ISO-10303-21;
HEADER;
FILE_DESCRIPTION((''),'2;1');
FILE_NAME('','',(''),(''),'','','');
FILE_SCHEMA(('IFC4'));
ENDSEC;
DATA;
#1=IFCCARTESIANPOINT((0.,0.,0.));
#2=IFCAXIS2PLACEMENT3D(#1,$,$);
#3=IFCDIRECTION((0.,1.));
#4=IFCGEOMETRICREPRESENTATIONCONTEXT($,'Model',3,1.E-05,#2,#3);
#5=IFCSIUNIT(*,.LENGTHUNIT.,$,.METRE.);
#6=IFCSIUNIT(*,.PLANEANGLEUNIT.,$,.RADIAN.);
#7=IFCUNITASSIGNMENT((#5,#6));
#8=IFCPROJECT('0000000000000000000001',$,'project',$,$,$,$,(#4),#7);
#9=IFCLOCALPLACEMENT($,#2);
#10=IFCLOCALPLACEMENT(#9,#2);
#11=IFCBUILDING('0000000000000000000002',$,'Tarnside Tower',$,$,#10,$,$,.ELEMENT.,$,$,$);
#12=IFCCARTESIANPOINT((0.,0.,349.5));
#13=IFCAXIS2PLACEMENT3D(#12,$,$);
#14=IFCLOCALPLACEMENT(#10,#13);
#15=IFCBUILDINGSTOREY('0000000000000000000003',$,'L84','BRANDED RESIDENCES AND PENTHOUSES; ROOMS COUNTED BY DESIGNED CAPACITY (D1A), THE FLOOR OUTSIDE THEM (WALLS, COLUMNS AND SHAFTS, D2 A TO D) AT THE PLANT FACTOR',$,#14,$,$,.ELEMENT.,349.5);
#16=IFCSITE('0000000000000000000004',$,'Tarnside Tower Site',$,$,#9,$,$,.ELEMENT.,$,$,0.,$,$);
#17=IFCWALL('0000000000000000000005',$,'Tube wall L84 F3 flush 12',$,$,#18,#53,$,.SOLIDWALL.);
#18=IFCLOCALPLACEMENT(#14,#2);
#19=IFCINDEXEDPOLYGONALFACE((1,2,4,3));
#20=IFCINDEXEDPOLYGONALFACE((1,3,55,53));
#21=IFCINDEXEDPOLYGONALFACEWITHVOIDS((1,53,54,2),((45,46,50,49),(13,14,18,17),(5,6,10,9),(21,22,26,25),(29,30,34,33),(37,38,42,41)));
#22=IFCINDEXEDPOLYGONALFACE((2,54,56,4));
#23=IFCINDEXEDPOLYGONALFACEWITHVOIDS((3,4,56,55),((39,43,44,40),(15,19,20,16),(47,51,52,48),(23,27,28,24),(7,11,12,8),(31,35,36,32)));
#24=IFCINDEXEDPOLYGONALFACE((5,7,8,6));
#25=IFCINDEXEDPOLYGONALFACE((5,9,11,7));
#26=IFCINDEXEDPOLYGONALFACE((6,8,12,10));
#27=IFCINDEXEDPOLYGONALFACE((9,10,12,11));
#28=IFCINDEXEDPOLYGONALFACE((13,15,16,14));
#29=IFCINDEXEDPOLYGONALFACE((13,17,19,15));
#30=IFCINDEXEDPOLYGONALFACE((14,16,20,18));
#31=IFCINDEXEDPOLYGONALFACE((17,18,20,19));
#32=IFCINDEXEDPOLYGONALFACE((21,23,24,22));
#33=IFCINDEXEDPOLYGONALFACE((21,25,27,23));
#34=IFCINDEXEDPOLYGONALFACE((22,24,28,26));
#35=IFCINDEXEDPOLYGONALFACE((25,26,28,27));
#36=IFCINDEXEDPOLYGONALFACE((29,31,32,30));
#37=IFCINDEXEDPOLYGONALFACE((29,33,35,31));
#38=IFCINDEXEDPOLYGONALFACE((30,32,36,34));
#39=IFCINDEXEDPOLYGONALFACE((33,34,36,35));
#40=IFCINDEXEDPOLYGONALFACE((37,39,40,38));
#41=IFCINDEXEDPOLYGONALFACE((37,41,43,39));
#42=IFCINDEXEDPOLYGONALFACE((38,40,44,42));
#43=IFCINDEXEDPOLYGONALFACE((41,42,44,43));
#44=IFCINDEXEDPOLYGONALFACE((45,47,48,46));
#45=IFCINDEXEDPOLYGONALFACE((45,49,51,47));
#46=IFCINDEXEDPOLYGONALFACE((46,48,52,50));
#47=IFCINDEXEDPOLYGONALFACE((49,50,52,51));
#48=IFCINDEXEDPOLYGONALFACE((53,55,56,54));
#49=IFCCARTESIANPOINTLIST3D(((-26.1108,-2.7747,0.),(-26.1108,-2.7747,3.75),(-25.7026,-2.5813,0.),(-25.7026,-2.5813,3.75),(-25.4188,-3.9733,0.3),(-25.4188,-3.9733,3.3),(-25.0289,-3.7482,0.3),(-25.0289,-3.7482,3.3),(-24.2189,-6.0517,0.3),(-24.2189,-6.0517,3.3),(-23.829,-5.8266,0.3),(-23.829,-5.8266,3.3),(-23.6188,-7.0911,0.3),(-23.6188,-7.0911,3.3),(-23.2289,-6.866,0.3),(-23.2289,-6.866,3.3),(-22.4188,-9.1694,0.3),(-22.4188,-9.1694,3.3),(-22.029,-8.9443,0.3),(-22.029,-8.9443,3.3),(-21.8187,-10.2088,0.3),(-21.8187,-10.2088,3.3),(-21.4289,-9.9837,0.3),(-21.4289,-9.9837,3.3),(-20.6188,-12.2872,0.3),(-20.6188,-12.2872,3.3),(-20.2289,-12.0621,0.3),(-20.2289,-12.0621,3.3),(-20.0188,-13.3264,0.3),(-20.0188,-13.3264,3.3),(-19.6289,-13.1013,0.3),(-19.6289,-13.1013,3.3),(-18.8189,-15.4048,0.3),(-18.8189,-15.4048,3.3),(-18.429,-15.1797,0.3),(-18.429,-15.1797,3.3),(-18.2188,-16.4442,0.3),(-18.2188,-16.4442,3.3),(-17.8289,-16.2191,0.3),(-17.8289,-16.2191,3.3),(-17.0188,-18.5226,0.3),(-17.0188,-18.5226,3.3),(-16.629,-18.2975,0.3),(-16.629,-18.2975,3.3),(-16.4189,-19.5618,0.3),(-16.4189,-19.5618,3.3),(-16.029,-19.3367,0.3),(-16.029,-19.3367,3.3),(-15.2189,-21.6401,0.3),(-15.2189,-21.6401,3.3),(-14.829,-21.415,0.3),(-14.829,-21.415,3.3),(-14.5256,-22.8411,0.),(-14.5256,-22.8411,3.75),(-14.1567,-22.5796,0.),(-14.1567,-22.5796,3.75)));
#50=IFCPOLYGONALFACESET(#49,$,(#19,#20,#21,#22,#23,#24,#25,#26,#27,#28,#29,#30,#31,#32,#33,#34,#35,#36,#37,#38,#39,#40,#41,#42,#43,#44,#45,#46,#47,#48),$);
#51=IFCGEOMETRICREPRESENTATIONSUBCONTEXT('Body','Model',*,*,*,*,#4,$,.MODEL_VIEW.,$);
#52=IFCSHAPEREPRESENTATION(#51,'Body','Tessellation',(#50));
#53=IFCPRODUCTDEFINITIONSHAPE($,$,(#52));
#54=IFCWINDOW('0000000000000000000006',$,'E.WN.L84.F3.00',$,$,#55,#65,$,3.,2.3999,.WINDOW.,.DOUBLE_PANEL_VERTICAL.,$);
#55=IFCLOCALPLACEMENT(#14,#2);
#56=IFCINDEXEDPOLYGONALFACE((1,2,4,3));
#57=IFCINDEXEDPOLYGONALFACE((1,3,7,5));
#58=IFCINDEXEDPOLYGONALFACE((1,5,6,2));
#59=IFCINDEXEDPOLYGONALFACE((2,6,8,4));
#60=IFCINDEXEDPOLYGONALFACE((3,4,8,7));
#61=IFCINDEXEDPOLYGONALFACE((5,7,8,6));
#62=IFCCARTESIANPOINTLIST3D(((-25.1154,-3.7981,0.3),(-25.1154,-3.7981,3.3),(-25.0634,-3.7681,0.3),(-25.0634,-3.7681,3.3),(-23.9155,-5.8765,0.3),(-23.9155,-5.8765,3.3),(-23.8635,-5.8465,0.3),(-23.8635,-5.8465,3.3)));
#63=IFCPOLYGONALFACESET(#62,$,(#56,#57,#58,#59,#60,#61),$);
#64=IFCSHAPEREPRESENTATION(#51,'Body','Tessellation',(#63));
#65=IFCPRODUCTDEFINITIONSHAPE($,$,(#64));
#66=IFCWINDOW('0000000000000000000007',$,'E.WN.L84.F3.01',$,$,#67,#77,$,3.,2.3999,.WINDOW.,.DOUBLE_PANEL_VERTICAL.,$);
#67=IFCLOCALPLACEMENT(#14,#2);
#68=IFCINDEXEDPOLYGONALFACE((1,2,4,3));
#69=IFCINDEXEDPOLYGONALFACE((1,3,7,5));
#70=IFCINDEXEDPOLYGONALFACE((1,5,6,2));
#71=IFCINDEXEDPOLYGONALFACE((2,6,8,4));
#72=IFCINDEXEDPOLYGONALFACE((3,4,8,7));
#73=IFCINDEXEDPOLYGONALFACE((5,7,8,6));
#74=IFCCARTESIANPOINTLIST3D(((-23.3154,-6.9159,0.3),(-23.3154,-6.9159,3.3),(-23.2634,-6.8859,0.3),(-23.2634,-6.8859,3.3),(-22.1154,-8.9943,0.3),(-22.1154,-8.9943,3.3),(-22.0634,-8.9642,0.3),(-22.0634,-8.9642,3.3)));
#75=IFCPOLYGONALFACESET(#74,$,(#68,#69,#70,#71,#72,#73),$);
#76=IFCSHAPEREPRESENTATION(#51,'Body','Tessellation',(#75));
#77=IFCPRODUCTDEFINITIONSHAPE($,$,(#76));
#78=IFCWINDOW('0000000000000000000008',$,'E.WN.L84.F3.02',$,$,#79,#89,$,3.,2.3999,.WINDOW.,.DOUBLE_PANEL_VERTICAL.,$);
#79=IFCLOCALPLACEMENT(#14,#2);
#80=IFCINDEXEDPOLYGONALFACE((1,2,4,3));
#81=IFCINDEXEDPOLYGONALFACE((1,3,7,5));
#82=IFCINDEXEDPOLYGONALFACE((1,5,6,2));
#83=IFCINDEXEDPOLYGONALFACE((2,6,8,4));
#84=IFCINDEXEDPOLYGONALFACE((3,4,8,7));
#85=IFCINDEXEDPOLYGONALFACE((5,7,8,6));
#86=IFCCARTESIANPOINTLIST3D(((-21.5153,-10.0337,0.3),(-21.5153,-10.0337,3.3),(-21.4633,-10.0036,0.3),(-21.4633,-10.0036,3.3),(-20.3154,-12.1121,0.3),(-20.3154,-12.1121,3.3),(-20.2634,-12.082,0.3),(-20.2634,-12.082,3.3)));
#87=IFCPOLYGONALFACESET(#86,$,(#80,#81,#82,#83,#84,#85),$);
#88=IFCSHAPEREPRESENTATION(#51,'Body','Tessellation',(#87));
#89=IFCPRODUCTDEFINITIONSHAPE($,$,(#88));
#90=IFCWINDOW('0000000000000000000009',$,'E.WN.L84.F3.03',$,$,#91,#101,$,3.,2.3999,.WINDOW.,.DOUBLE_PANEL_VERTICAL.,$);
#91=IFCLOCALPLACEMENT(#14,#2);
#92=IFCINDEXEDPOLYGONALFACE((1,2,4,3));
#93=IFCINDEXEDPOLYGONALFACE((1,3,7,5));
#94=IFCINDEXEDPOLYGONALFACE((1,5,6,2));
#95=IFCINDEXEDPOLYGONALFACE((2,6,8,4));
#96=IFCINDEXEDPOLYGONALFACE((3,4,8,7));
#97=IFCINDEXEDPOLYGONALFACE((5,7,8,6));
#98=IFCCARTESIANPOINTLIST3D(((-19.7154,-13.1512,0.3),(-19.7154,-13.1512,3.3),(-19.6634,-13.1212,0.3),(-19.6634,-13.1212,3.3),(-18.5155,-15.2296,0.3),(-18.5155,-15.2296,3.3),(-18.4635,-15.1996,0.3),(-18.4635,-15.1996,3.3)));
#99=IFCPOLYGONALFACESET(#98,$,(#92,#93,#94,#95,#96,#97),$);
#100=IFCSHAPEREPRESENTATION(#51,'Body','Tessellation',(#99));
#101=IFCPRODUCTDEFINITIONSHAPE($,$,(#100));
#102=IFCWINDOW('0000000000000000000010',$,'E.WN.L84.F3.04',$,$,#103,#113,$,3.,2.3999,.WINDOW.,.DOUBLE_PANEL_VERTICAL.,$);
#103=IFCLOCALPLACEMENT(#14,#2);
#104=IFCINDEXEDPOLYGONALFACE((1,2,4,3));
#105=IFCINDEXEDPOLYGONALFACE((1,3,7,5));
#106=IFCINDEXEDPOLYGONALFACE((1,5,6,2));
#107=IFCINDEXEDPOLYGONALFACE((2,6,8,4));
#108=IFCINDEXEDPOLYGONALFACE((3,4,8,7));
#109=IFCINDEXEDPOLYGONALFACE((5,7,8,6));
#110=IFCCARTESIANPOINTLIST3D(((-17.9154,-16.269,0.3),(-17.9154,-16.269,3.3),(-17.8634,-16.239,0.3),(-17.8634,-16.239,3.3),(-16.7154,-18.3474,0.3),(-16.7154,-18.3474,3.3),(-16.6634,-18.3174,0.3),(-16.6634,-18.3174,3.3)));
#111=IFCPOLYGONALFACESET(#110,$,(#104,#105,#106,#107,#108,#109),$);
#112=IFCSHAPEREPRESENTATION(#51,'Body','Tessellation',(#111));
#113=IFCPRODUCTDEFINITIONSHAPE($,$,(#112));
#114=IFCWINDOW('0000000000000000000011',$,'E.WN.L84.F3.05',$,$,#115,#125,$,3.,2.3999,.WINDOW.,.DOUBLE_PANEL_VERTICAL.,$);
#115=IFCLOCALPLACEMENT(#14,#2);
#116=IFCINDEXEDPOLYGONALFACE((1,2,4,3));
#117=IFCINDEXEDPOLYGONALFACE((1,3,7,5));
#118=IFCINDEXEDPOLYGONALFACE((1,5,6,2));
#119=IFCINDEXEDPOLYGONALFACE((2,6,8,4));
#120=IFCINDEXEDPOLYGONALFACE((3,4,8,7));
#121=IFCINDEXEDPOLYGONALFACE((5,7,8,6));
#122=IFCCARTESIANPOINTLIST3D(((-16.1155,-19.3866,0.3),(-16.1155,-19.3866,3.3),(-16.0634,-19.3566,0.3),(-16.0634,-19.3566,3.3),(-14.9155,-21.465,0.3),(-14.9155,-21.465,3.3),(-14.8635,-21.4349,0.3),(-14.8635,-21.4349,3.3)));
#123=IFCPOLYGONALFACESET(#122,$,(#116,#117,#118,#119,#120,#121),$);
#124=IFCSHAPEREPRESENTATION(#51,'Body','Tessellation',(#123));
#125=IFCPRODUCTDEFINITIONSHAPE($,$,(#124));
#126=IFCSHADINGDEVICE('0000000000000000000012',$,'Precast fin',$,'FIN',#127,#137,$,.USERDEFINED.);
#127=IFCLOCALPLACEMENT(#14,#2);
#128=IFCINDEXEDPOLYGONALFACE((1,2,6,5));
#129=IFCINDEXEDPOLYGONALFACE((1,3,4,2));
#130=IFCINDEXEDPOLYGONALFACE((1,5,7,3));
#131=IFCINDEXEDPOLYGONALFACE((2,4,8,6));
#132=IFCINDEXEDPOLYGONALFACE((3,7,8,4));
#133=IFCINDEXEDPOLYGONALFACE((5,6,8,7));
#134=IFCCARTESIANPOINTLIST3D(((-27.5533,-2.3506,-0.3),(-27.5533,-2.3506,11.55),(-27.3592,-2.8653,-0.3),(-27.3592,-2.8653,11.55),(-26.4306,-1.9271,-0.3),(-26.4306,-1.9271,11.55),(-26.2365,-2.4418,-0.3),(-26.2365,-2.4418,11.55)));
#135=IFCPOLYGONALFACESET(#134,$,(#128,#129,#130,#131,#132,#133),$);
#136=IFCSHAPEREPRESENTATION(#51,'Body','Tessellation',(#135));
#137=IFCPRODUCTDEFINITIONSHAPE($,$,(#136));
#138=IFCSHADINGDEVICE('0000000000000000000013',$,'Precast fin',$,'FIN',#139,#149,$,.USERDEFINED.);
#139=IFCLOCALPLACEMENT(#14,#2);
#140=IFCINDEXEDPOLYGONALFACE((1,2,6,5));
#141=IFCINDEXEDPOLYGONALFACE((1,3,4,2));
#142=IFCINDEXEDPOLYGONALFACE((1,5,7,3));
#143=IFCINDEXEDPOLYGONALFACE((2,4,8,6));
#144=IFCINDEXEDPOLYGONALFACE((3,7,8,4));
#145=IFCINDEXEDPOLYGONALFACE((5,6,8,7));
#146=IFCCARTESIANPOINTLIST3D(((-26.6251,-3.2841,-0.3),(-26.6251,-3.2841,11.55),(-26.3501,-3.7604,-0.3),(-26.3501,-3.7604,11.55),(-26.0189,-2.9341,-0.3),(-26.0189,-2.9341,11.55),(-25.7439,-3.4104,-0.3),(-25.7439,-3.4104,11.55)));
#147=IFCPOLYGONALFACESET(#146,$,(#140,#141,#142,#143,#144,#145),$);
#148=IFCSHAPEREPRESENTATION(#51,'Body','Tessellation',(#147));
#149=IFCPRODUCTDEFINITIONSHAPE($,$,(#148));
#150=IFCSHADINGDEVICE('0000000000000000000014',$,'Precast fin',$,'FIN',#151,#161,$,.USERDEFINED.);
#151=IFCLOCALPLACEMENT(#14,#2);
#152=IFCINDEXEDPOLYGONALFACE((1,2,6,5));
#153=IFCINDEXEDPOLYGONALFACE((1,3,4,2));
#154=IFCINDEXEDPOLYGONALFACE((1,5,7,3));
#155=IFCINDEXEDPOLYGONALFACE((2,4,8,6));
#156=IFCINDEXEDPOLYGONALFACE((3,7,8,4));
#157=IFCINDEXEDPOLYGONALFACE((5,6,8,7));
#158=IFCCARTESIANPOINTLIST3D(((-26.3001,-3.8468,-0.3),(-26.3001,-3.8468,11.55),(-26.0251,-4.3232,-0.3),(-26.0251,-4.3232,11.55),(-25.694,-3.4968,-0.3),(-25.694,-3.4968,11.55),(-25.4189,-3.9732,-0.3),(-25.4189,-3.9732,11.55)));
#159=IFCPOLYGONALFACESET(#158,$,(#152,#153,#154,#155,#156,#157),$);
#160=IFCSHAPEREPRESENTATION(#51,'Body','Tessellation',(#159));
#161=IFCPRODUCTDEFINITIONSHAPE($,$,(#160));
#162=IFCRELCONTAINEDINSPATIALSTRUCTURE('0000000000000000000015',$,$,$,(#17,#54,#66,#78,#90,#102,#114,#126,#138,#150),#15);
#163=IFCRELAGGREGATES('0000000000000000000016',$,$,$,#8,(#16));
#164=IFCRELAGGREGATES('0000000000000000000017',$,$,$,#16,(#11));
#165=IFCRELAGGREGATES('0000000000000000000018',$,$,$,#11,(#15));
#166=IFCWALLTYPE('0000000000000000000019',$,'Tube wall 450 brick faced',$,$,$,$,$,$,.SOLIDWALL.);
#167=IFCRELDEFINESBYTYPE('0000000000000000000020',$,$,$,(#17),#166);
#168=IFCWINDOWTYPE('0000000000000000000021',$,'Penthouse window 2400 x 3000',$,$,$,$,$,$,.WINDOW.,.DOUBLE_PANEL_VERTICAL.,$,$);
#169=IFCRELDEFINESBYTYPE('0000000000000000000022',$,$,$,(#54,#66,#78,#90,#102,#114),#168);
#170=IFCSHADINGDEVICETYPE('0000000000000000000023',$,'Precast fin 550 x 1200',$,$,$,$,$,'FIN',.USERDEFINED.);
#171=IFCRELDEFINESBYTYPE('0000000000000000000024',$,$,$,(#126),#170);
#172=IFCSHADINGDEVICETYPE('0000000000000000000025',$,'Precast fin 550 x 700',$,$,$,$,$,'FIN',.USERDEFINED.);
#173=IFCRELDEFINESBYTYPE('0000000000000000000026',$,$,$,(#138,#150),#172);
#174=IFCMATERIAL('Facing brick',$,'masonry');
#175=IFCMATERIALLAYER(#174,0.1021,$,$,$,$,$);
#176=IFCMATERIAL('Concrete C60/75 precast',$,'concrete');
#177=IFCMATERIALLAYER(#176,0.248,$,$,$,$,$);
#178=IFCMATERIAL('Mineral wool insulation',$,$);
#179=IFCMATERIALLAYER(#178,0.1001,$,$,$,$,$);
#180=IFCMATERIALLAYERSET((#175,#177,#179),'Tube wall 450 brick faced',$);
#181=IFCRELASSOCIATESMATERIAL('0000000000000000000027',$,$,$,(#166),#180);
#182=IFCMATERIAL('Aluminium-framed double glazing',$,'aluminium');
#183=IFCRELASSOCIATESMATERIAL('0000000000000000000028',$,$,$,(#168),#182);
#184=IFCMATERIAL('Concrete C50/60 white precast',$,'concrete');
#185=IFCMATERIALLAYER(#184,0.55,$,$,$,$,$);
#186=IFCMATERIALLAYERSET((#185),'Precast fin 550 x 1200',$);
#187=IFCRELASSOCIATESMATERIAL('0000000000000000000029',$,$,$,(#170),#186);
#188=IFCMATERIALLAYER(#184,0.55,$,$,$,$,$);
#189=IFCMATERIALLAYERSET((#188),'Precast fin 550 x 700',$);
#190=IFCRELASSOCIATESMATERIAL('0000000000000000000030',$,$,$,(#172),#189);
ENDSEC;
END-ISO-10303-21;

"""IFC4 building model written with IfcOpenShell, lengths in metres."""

from ifc_helpers import new_model, si_unit, direction, frame, frame_2d, origin, place, context, subcontext, project, spatial, polyline, rectangle, outline, extrude, material, layer, layer_set, type_object, element, fill, save


model = new_model("IFC4")

# Units and contexts
model_context = context("Model", 3, precision=1e-05, world=origin(), true_north=direction((0.0, 1.0)))
body_context = subcontext(model_context, "Body", "Model", "MODEL_VIEW")
ifc_project = project(units=[si_unit("LENGTHUNIT", "METRE"), si_unit("PLANEANGLEUNIT", "RADIAN")], contexts=[model_context])

# Site, building, storey
site_placement = place(None, origin())
site = spatial("IfcSite", under=ifc_project, at=site_placement, Name="Tarnside Tower Site", CompositionType="ELEMENT", RefElevation=0.0)
building_placement = place(site_placement, origin())
building = spatial("IfcBuilding", under=site, at=building_placement, Name="Tarnside Tower", CompositionType="ELEMENT")
storey_placement = place(building_placement, frame((0.0, 0.0, 349.5)))
storey = spatial("IfcBuildingStorey", under=building, at=storey_placement, Name="L84", Description="BRANDED RESIDENCES AND PENTHOUSES; ROOMS COUNTED BY DESIGNED CAPACITY (D1A), THE FLOOR OUTSIDE THEM (WALLS, COLUMNS AND SHAFTS, D2 A TO D) AT THE PLANT FACTOR", CompositionType="ELEMENT", Elevation=349.5)

# Shared definitions
ifc_material_1 = material(Name="Facing brick", Category="masonry")
ifc_layer_1 = layer(ifc_material_1, 0.1021)
ifc_material_2 = material(Name="Concrete C60/75 precast", Category="concrete")
ifc_layer_2 = layer(ifc_material_2, 0.248)
ifc_material_3 = material(Name="Mineral wool insulation")
ifc_layer_3 = layer(ifc_material_3, 0.1001)
ifc_layer_set_1 = layer_set([ifc_layer_1, ifc_layer_2, ifc_layer_3], Name="Tube wall 450 brick faced")
wall_type_1 = type_object("IfcWallType", Name="Tube wall 450 brick faced", PredefinedType="SOLIDWALL", material=ifc_layer_set_1)

# Wall, openings, windows
wall_1_placement = place(storey_placement, frame((-25.9067, -2.678, 0.0), z_axis=(0.0, 0.0, 1.0), x_axis=(0.499997, -0.866027, 0.0)))
wall_1 = element("IfcWall", 1, at=wall_1_placement, inside=storey, type_object=wall_type_1, Name="Tube wall L84 F3 flush 12", PredefinedType="SOLIDWALL", context=body_context, shape_type="SweptSolid", body=[
    extrude(outline(polyline([(-0.0183, -0.2251), (23.1523, -0.2251), (23.1104, 0.2251), (0.0183, 0.2251), (-0.0183, -0.2251)])), origin(), (0.0, 0.0, 1.0), 3.75),
])
opening_1_placement = place(wall_1_placement, frame((1.3657, 0.0, 0.3)))
opening_1 = element("IfcOpeningElement", 2, at=opening_1_placement, cuts=wall_1, PredefinedType="OPENING", context=body_context, shape_type="SweptSolid", body=[
    extrude(rectangle(XDim=2.3999, YDim=3.0, at=frame_2d((1.2, 1.5))), frame((0.0, 0.2349, 0.0), z_axis=(0.0, -1.0, 0.0), x_axis=(1.0, 0.0, 0.0)), (0.0, 0.0, 1.0), 0.47),
])
opening_2_placement = place(wall_1_placement, frame((4.9658, 0.0, 0.3)))
opening_2 = element("IfcOpeningElement", 3, at=opening_2_placement, cuts=wall_1, PredefinedType="OPENING", context=body_context, shape_type="SweptSolid", body=[
    extrude(rectangle(XDim=2.3999, YDim=3.0, at=frame_2d((1.2, 1.5))), frame((0.0, 0.2349, 0.0), z_axis=(0.0, -1.0, 0.0), x_axis=(1.0, 0.0, 0.0)), (0.0, 0.0, 1.0), 0.47),
])
opening_3_placement = place(wall_1_placement, frame((8.5659, 0.0, 0.3)))
opening_3 = element("IfcOpeningElement", 4, at=opening_3_placement, cuts=wall_1, PredefinedType="OPENING", context=body_context, shape_type="SweptSolid", body=[
    extrude(rectangle(XDim=2.3999, YDim=3.0, at=frame_2d((1.2, 1.5))), frame((0.0, 0.2349, 0.0), z_axis=(0.0, -1.0, 0.0), x_axis=(1.0, 0.0, 0.0)), (0.0, 0.0, 1.0), 0.47),
])
opening_4_placement = place(wall_1_placement, frame((12.1658, 0.0, 0.3)))
opening_4 = element("IfcOpeningElement", 5, at=opening_4_placement, cuts=wall_1, PredefinedType="OPENING", context=body_context, shape_type="SweptSolid", body=[
    extrude(rectangle(XDim=2.3999, YDim=3.0, at=frame_2d((1.2, 1.5))), frame((0.0, 0.2349, 0.0), z_axis=(0.0, -1.0, 0.0), x_axis=(1.0, 0.0, 0.0)), (0.0, 0.0, 1.0), 0.47),
])
opening_5_placement = place(wall_1_placement, frame((15.7659, 0.0, 0.3)))
opening_5 = element("IfcOpeningElement", 6, at=opening_5_placement, cuts=wall_1, PredefinedType="OPENING", context=body_context, shape_type="SweptSolid", body=[
    extrude(rectangle(XDim=2.3999, YDim=3.0, at=frame_2d((1.2, 1.5))), frame((0.0, 0.2349, 0.0), z_axis=(0.0, -1.0, 0.0), x_axis=(1.0, 0.0, 0.0)), (0.0, 0.0, 1.0), 0.47),
])
opening_6_placement = place(wall_1_placement, frame((19.3657, 0.0, 0.3)))
opening_6 = element("IfcOpeningElement", 7, at=opening_6_placement, cuts=wall_1, PredefinedType="OPENING", context=body_context, shape_type="SweptSolid", body=[
    extrude(rectangle(XDim=2.3999, YDim=3.0, at=frame_2d((1.2, 1.5))), frame((0.0, 0.2349, 0.0), z_axis=(0.0, -1.0, 0.0), x_axis=(1.0, 0.0, 0.0)), (0.0, 0.0, 1.0), 0.47),
])
ifc_material_4 = material(Name="Aluminium-framed double glazing", Category="aluminium")
window_type = type_object("IfcWindowType", Name="Penthouse window 2400 x 3000", PartitioningType="DOUBLE_PANEL_VERTICAL", PredefinedType="WINDOW", material=ifc_material_4)
window_1_placement = place(opening_1_placement, frame((0.0, 0.1553, 0.0)))
window_1 = element("IfcWindow", 8, at=window_1_placement, inside=storey, type_object=window_type, Name="E.WN.L84.F3.00", OverallHeight=3.0, OverallWidth=2.3999, PartitioningType="DOUBLE_PANEL_VERTICAL", PredefinedType="WINDOW", context=body_context, shape_type="SweptSolid", body=[
    extrude(rectangle(XDim=2.3999, YDim=3.0, at=frame_2d((1.2, 1.5))), frame((0.0, 0.03, 0.0), z_axis=(0.0, -1.0, 0.0), x_axis=(1.0, 0.0, 0.0)), (0.0, 0.0, 1.0), 0.0601),
])
fill(opening_1, window_1)
window_2_placement = place(opening_2_placement, frame((0.0, 0.1553, 0.0)))
window_2 = element("IfcWindow", 9, at=window_2_placement, inside=storey, type_object=window_type, Name="E.WN.L84.F3.01", OverallHeight=3.0, OverallWidth=2.3999, PartitioningType="DOUBLE_PANEL_VERTICAL", PredefinedType="WINDOW", context=body_context, shape_type="SweptSolid", body=[
    extrude(rectangle(XDim=2.3999, YDim=3.0, at=frame_2d((1.2, 1.5))), frame((0.0, 0.03, 0.0), z_axis=(0.0, -1.0, 0.0), x_axis=(1.0, 0.0, 0.0)), (0.0, 0.0, 1.0), 0.0601),
])
fill(opening_2, window_2)
window_3_placement = place(opening_3_placement, frame((0.0, 0.1553, 0.0)))
window_3 = element("IfcWindow", 10, at=window_3_placement, inside=storey, type_object=window_type, Name="E.WN.L84.F3.02", OverallHeight=3.0, OverallWidth=2.3999, PartitioningType="DOUBLE_PANEL_VERTICAL", PredefinedType="WINDOW", context=body_context, shape_type="SweptSolid", body=[
    extrude(rectangle(XDim=2.3999, YDim=3.0, at=frame_2d((1.2, 1.5))), frame((0.0, 0.03, 0.0), z_axis=(0.0, -1.0, 0.0), x_axis=(1.0, 0.0, 0.0)), (0.0, 0.0, 1.0), 0.0601),
])
fill(opening_3, window_3)
window_4_placement = place(opening_4_placement, frame((0.0, 0.1553, 0.0)))
window_4 = element("IfcWindow", 11, at=window_4_placement, inside=storey, type_object=window_type, Name="E.WN.L84.F3.03", OverallHeight=3.0, OverallWidth=2.3999, PartitioningType="DOUBLE_PANEL_VERTICAL", PredefinedType="WINDOW", context=body_context, shape_type="SweptSolid", body=[
    extrude(rectangle(XDim=2.3999, YDim=3.0, at=frame_2d((1.2, 1.5))), frame((0.0, 0.03, 0.0), z_axis=(0.0, -1.0, 0.0), x_axis=(1.0, 0.0, 0.0)), (0.0, 0.0, 1.0), 0.0601),
])
fill(opening_4, window_4)
window_5_placement = place(opening_5_placement, frame((0.0, 0.1553, 0.0)))
window_5 = element("IfcWindow", 12, at=window_5_placement, inside=storey, type_object=window_type, Name="E.WN.L84.F3.04", OverallHeight=3.0, OverallWidth=2.3999, PartitioningType="DOUBLE_PANEL_VERTICAL", PredefinedType="WINDOW", context=body_context, shape_type="SweptSolid", body=[
    extrude(rectangle(XDim=2.3999, YDim=3.0, at=frame_2d((1.2, 1.5))), frame((0.0, 0.03, 0.0), z_axis=(0.0, -1.0, 0.0), x_axis=(1.0, 0.0, 0.0)), (0.0, 0.0, 1.0), 0.0601),
])
fill(opening_5, window_5)
window_6_placement = place(opening_6_placement, frame((0.0, 0.1553, 0.0)))
window_6 = element("IfcWindow", 13, at=window_6_placement, inside=storey, type_object=window_type, Name="E.WN.L84.F3.05", OverallHeight=3.0, OverallWidth=2.3999, PartitioningType="DOUBLE_PANEL_VERTICAL", PredefinedType="WINDOW", context=body_context, shape_type="SweptSolid", body=[
    extrude(rectangle(XDim=2.3999, YDim=3.0, at=frame_2d((1.2, 1.5))), frame((0.0, 0.03, 0.0), z_axis=(0.0, -1.0, 0.0), x_axis=(1.0, 0.0, 0.0)), (0.0, 0.0, 1.0), 0.0601),
])
fill(opening_6, window_6)

# Shading devices
ifc_material_5 = material(Name="Concrete C50/60 white precast", Category="concrete")
ifc_layer_4 = layer(ifc_material_5, 0.55)
ifc_layer_set_2 = layer_set([ifc_layer_4], Name="Precast fin 550 x 1200")
shading_device_type_1 = type_object("IfcShadingDeviceType", Name="Precast fin 550 x 1200", ElementType="FIN", PredefinedType="USERDEFINED", material=ifc_layer_set_2)
shading_device_placement = place(storey_placement, frame((-26.3335, -2.1846, -0.3), z_axis=(-0.352931, 0.93565, 0.0), x_axis=(-0.93565, -0.352931, 0.0)))
element("IfcShadingDevice", 14, at=shading_device_placement, inside=storey, type_object=shading_device_type_1, Name="Precast fin", ObjectType="FIN", PredefinedType="USERDEFINED", context=body_context, shape_type="SweptSolid", body=[
    extrude(outline(polyline([(0.0, 0.0), (1.2, 0.0), (1.2, 11.8501), (0.0, 11.8501), (0.0, 0.0)])), frame((0.0, 0.0, -0.2749)), (0.0, 0.0, 1.0), 0.55),
])
ifc_layer_5 = layer(ifc_material_5, 0.55)
ifc_layer_set_3 = layer_set([ifc_layer_5], Name="Precast fin 550 x 700")
shading_device_type_2 = type_object("IfcShadingDeviceType", Name="Precast fin 550 x 700", ElementType="FIN", PredefinedType="USERDEFINED", material=ifc_layer_set_3)
for number, where, z_axis, x_axis, name in (
    (15, (-25.8813, -3.1724, -0.3), (-0.5, 0.866025, 0.0), (-0.866025, -0.5, 0.0), "Precast fin"),
    (16, (-25.5564, -3.7351, -0.3), (-0.5, 0.866025, 0.0), (-0.866025, -0.5, 0.0), "Precast fin"),
):
    element("IfcShadingDevice", number, at=place(storey_placement, frame(where, z_axis=z_axis, x_axis=x_axis)), inside=storey, type_object=shading_device_type_2, Name=name, ObjectType="FIN", PredefinedType="USERDEFINED", context=body_context, shape_type="SweptSolid", body=[
        extrude(outline(polyline([(0.0, 0.0), (0.7, 0.0), (0.7, 11.8501), (0.0, 11.8501), (0.0, 0.0)])), frame((0.0, 0.0, -0.2749)), (0.0, 0.0, 1.0), 0.55),
    ])

save(model, "model.ifc")
